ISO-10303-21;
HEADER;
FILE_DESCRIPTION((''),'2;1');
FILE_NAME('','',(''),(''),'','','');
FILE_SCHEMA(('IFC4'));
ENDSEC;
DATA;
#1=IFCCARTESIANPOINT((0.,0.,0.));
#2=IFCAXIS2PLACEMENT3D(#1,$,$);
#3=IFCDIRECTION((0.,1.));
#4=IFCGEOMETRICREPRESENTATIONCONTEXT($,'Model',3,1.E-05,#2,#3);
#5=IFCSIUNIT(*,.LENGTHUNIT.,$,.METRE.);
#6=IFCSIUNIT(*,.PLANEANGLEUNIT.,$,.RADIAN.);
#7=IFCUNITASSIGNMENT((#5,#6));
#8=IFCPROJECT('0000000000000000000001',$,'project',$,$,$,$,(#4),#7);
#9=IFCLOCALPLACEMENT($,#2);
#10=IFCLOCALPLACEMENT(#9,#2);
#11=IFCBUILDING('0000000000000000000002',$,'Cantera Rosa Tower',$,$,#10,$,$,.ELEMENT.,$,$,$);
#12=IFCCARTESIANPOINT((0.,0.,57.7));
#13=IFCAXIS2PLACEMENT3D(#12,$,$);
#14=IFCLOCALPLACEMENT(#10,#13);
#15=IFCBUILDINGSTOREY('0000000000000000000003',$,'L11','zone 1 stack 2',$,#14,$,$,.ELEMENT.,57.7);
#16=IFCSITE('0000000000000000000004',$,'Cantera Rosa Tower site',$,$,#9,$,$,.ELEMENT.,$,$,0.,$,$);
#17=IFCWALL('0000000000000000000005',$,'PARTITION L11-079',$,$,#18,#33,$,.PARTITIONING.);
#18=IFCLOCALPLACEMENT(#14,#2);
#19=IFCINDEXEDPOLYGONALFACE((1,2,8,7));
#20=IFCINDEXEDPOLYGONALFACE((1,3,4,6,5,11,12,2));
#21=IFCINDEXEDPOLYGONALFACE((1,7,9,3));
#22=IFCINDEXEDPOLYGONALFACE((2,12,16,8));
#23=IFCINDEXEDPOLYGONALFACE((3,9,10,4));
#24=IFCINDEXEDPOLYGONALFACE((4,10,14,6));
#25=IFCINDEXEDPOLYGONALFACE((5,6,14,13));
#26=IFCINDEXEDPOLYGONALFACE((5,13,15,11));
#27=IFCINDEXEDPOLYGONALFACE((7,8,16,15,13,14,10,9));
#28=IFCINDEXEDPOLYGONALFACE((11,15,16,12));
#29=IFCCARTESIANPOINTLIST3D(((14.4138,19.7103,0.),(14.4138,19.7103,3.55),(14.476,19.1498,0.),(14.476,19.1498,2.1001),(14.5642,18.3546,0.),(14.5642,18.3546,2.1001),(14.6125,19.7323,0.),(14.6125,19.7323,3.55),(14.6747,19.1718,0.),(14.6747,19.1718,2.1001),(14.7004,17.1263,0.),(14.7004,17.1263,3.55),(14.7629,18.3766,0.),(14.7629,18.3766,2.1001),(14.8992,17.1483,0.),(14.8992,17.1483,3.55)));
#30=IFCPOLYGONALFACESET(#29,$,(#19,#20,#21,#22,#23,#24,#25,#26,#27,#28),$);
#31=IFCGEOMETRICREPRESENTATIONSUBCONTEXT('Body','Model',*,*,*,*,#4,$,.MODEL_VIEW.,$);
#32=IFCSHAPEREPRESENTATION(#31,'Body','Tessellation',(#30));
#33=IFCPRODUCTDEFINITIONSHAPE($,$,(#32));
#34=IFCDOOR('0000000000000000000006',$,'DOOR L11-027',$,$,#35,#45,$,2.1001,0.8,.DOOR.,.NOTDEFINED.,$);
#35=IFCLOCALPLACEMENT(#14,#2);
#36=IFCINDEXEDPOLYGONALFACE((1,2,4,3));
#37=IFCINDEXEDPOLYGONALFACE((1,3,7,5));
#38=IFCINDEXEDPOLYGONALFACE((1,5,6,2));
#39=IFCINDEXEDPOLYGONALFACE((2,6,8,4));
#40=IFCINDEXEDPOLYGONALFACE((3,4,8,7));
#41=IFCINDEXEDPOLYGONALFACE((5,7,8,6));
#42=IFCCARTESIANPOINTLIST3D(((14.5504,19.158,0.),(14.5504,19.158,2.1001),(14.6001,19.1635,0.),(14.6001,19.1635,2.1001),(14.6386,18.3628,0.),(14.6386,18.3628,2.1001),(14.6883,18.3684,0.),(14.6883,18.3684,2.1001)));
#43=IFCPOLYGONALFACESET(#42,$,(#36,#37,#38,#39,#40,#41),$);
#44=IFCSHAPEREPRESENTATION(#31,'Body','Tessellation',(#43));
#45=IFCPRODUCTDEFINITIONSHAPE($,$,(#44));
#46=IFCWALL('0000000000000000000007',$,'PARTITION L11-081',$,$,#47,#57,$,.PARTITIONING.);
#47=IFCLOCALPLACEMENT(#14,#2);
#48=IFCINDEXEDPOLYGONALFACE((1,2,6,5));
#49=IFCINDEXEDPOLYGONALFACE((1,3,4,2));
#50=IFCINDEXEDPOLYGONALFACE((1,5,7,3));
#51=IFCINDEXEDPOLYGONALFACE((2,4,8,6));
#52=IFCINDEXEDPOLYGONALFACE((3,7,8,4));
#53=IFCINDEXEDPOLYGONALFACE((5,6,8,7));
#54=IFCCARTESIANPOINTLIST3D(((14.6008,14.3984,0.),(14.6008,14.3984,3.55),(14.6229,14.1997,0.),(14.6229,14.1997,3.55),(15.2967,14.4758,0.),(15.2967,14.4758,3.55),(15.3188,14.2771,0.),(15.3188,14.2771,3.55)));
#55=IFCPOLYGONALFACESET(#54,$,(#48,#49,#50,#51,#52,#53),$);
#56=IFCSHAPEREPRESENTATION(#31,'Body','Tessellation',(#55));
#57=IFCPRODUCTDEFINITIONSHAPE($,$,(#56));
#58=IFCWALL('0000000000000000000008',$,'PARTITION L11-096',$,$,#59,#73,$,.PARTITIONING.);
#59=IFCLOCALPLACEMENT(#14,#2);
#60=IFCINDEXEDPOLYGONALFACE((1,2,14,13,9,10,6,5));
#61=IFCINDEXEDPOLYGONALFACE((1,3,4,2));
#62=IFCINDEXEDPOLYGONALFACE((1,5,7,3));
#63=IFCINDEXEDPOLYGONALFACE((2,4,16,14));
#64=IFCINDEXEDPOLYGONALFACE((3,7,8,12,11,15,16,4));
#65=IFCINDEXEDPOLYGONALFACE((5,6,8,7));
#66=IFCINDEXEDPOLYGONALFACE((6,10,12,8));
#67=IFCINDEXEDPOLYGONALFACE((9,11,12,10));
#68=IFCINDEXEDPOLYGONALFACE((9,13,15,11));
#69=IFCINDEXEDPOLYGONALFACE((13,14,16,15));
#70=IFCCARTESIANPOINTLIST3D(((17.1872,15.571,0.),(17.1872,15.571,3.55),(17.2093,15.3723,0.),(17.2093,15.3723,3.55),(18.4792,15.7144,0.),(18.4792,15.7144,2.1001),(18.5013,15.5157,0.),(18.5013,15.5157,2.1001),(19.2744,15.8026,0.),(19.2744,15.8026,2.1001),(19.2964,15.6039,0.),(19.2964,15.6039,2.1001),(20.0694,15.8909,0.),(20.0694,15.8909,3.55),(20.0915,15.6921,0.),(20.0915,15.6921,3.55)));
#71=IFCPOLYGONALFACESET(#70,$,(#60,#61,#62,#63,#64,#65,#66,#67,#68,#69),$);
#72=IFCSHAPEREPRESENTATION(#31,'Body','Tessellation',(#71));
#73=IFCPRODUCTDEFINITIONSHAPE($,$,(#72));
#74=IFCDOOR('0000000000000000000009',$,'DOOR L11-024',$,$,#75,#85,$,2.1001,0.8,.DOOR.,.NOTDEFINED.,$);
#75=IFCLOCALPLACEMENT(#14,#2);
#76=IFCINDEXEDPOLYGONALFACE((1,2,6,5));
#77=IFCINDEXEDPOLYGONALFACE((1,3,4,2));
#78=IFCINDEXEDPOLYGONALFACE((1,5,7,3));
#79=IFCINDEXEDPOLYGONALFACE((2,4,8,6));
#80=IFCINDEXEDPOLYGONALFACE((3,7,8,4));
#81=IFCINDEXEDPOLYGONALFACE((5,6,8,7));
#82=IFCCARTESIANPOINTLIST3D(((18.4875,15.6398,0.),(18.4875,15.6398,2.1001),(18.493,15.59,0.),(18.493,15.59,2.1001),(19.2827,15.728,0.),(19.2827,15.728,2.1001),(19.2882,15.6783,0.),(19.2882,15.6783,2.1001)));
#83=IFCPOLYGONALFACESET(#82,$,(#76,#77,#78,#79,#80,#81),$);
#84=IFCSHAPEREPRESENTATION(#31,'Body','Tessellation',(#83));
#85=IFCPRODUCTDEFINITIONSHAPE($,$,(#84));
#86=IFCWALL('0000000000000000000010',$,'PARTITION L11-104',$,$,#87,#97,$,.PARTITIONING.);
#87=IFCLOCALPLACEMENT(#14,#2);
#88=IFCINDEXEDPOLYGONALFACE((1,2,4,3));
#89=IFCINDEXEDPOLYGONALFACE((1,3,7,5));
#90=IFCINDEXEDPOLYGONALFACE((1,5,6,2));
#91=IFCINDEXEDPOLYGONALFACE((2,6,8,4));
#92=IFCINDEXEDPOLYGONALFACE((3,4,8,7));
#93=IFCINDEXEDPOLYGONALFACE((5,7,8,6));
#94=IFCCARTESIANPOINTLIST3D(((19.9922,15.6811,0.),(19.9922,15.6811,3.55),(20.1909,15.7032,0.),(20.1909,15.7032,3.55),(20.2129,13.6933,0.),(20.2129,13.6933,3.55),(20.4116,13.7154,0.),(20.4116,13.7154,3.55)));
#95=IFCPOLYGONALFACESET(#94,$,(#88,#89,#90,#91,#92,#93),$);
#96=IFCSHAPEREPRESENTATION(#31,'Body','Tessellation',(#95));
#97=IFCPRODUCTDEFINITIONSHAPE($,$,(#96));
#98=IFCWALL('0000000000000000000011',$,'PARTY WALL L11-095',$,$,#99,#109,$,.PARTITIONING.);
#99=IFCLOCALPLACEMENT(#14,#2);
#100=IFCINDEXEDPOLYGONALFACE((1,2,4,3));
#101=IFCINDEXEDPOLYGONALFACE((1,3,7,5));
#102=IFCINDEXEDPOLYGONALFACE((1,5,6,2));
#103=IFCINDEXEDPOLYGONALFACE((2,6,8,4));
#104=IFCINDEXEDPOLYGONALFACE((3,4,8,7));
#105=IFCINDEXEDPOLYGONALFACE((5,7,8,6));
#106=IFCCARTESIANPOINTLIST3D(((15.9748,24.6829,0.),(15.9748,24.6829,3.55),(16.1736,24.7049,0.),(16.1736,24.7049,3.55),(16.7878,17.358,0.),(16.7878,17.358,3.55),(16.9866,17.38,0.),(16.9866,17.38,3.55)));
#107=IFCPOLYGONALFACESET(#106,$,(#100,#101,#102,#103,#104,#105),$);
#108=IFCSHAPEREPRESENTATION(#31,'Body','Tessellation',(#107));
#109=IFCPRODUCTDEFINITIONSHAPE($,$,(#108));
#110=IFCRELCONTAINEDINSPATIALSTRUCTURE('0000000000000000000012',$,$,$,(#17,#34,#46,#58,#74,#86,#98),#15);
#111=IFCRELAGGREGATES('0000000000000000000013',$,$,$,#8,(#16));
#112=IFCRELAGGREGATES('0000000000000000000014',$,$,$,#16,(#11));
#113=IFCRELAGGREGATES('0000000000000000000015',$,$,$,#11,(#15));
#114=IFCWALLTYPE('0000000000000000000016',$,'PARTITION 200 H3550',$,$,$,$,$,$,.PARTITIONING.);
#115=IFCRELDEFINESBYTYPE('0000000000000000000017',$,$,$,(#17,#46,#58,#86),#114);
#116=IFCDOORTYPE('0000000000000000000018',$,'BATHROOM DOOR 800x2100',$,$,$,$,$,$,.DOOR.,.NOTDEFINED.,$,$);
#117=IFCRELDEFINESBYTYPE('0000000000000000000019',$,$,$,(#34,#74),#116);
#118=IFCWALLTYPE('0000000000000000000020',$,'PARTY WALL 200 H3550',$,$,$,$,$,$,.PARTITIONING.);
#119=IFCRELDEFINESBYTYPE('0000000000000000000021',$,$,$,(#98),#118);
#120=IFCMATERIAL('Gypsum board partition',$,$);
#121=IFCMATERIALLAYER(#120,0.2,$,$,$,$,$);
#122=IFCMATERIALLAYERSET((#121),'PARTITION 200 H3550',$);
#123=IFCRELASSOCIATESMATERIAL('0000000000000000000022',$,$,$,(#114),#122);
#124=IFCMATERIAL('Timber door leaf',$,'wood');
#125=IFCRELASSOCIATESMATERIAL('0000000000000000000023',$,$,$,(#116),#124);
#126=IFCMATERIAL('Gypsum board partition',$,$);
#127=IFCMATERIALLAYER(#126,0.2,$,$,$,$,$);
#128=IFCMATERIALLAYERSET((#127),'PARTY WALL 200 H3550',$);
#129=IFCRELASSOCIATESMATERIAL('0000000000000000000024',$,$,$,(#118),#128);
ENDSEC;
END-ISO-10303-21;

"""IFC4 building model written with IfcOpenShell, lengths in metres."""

from ifc_helpers import new_model, si_unit, direction, frame, frame_2d, origin, place, context, subcontext, project, spatial, rectangle, extrude, material, layer, layer_set, type_object, element, fill, save


model = new_model("IFC4")

# Units and contexts
model_context = context("Model", 3, precision=1e-05, world=origin(), true_north=direction((0.0, 1.0)))
body_context = subcontext(model_context, "Body", "Model", "MODEL_VIEW")
ifc_project = project(units=[si_unit("LENGTHUNIT", "METRE"), si_unit("PLANEANGLEUNIT", "RADIAN")], contexts=[model_context])

# Site, building, storey
site_placement = place(None, origin())
site = spatial("IfcSite", under=ifc_project, at=site_placement, Name="Cantera Rosa Tower site", CompositionType="ELEMENT", RefElevation=0.0)
building_placement = place(site_placement, origin())
building = spatial("IfcBuilding", under=site, at=building_placement, Name="Cantera Rosa Tower", CompositionType="ELEMENT")
storey_placement = place(building_placement, frame((0.0, 0.0, 57.7)))
storey = spatial("IfcBuildingStorey", under=building, at=storey_placement, Name="L11", Description="zone 1 stack 2", CompositionType="ELEMENT", Elevation=57.7)

# Shared definitions
ifc_material_1 = material(Name="Gypsum board partition")
ifc_layer_1 = layer(ifc_material_1, 0.2)
ifc_layer_set_1 = layer_set([ifc_layer_1], Name="PARTITION 200 H3550")
wall_type_1 = type_object("IfcWallType", Name="PARTITION 200 H3550", PredefinedType="PARTITIONING", material=ifc_layer_set_1)

# Wall, opening, door
wall_1_placement = place(storey_placement, frame((14.5132, 19.7212, 0.0), z_axis=(0.0, 0.0, 1.0), x_axis=(0.110246, -0.993904, 0.0)))
wall_1 = element("IfcWall", 1, at=wall_1_placement, inside=storey, type_object=wall_type_1, Name="PARTITION L11-079", PredefinedType="PARTITIONING", context=body_context, shape_type="SweptSolid", body=[
    extrude(rectangle(XDim=2.5999, YDim=0.2, at=frame_2d((1.2998, 0.0))), origin(), (0.0, 0.0, 1.0), 3.55),
])
opening_1_placement = place(wall_1_placement, frame((0.564, 0.0, 0.0)))
opening_1 = element("IfcOpeningElement", 2, at=opening_1_placement, cuts=wall_1, PredefinedType="OPENING", context=body_context, shape_type="SweptSolid", body=[
    extrude(rectangle(XDim=0.8, YDim=2.1001, at=frame_2d((0.3999, 1.05))), frame((0.0, 0.1099, 0.0), z_axis=(0.0, -1.0, 0.0), x_axis=(1.0, 0.0, 0.0)), (0.0, 0.0, 1.0), 0.22),
])
ifc_material_2 = material(Name="Timber door leaf", Category="wood")
door_type_1 = type_object("IfcDoorType", Name="BATHROOM DOOR 800x2100", OperationType="NOTDEFINED", PredefinedType="DOOR", material=ifc_material_2)
door_1_placement = place(opening_1_placement, origin())
door_1 = element("IfcDoor", 3, at=door_1_placement, inside=storey, type_object=door_type_1, Name="DOOR L11-027", OperationType="NOTDEFINED", OverallHeight=2.1001, OverallWidth=0.8, PredefinedType="DOOR", context=body_context, shape_type="SweptSolid", body=[
    extrude(rectangle(XDim=0.8, YDim=2.1001, at=frame_2d((0.3999, 1.05))), frame((0.0, 0.0249, 0.0), z_axis=(0.0, -1.0, 0.0), x_axis=(1.0, 0.0, 0.0)), (0.0, 0.0, 1.0), 0.05),
])
fill(opening_1, door_1)

# Wall
wall_2_placement = place(storey_placement, frame((14.6118, 14.2991, 0.0), z_axis=(0.0, 0.0, 1.0), x_axis=(0.993871, 0.110546, 0.0)))
element("IfcWall", 4, at=wall_2_placement, inside=storey, type_object=wall_type_1, Name="PARTITION L11-081", PredefinedType="PARTITIONING", context=body_context, shape_type="SweptSolid", body=[
    extrude(rectangle(XDim=0.7002, YDim=0.2, at=frame_2d((0.3501, 0.0))), origin(), (0.0, 0.0, 1.0), 3.55),
])

# Wall, opening, door
wall_3_placement = place(storey_placement, frame((17.1982, 15.4717, 0.0), z_axis=(0.0, 0.0, 1.0), x_axis=(0.9939, 0.110284, 0.0)))
wall_3 = element("IfcWall", 5, at=wall_3_placement, inside=storey, type_object=wall_type_1, Name="PARTITION L11-096", PredefinedType="PARTITIONING", context=body_context, shape_type="SweptSolid", body=[
    extrude(rectangle(XDim=2.8999, YDim=0.2, at=frame_2d((1.45, 0.0))), origin(), (0.0, 0.0, 1.0), 3.55),
])
opening_2_placement = place(wall_3_placement, frame((1.3, 0.0, 0.0)))
opening_2 = element("IfcOpeningElement", 6, at=opening_2_placement, cuts=wall_3, PredefinedType="OPENING", context=body_context, shape_type="SweptSolid", body=[
    extrude(rectangle(XDim=0.8, YDim=2.1001, at=frame_2d((0.3999, 1.05))), frame((0.0, 0.1099, 0.0), z_axis=(0.0, -1.0, 0.0), x_axis=(1.0, 0.0, 0.0)), (0.0, 0.0, 1.0), 0.22),
])
door_2_placement = place(opening_2_placement, origin())
door_2 = element("IfcDoor", 7, at=door_2_placement, inside=storey, type_object=door_type_1, Name="DOOR L11-024", OperationType="NOTDEFINED", OverallHeight=2.1001, OverallWidth=0.8, PredefinedType="DOOR", context=body_context, shape_type="SweptSolid", body=[
    extrude(rectangle(XDim=0.8, YDim=2.1001, at=frame_2d((0.3999, 1.05))), frame((0.0, 0.0249, 0.0), z_axis=(0.0, -1.0, 0.0), x_axis=(1.0, 0.0, 0.0)), (0.0, 0.0, 1.0), 0.05),
])
fill(opening_2, door_2)

# Walls
wall_4_placement = place(storey_placement, frame((20.0916, 15.6921, 0.0), z_axis=(0.0, 0.0, 1.0), x_axis=(0.110351, -0.993893, 0.0)))
element("IfcWall", 8, at=wall_4_placement, inside=storey, type_object=wall_type_1, Name="PARTITION L11-104", PredefinedType="PARTITIONING", context=body_context, shape_type="SweptSolid", body=[
    extrude(rectangle(XDim=2.0, YDim=0.2, at=frame_2d((1.0, 0.0))), origin(), (0.0, 0.0, 1.0), 3.55),
])
ifc_material_3 = material(Name="Gypsum board partition")
ifc_layer_2 = layer(ifc_material_3, 0.2)
ifc_layer_set_2 = layer_set([ifc_layer_2], Name="PARTY WALL 200 H3550")
wall_type_2 = type_object("IfcWallType", Name="PARTY WALL 200 H3550", PredefinedType="PARTITIONING", material=ifc_layer_set_2)
wall_5_placement = place(storey_placement, frame((16.8872, 17.3689, 0.0), z_axis=(0.0, 0.0, 1.0), x_axis=(-0.110312, 0.993897, 0.0)))
element("IfcWall", 9, at=wall_5_placement, inside=storey, type_object=wall_type_2, Name="PARTY WALL L11-095", PredefinedType="PARTITIONING", context=body_context, shape_type="SweptSolid", body=[
    extrude(rectangle(XDim=7.3699, YDim=0.2, at=frame_2d((3.6851, 0.0))), origin(), (0.0, 0.0, 1.0), 3.55),
])

save(model, "model.ifc")
